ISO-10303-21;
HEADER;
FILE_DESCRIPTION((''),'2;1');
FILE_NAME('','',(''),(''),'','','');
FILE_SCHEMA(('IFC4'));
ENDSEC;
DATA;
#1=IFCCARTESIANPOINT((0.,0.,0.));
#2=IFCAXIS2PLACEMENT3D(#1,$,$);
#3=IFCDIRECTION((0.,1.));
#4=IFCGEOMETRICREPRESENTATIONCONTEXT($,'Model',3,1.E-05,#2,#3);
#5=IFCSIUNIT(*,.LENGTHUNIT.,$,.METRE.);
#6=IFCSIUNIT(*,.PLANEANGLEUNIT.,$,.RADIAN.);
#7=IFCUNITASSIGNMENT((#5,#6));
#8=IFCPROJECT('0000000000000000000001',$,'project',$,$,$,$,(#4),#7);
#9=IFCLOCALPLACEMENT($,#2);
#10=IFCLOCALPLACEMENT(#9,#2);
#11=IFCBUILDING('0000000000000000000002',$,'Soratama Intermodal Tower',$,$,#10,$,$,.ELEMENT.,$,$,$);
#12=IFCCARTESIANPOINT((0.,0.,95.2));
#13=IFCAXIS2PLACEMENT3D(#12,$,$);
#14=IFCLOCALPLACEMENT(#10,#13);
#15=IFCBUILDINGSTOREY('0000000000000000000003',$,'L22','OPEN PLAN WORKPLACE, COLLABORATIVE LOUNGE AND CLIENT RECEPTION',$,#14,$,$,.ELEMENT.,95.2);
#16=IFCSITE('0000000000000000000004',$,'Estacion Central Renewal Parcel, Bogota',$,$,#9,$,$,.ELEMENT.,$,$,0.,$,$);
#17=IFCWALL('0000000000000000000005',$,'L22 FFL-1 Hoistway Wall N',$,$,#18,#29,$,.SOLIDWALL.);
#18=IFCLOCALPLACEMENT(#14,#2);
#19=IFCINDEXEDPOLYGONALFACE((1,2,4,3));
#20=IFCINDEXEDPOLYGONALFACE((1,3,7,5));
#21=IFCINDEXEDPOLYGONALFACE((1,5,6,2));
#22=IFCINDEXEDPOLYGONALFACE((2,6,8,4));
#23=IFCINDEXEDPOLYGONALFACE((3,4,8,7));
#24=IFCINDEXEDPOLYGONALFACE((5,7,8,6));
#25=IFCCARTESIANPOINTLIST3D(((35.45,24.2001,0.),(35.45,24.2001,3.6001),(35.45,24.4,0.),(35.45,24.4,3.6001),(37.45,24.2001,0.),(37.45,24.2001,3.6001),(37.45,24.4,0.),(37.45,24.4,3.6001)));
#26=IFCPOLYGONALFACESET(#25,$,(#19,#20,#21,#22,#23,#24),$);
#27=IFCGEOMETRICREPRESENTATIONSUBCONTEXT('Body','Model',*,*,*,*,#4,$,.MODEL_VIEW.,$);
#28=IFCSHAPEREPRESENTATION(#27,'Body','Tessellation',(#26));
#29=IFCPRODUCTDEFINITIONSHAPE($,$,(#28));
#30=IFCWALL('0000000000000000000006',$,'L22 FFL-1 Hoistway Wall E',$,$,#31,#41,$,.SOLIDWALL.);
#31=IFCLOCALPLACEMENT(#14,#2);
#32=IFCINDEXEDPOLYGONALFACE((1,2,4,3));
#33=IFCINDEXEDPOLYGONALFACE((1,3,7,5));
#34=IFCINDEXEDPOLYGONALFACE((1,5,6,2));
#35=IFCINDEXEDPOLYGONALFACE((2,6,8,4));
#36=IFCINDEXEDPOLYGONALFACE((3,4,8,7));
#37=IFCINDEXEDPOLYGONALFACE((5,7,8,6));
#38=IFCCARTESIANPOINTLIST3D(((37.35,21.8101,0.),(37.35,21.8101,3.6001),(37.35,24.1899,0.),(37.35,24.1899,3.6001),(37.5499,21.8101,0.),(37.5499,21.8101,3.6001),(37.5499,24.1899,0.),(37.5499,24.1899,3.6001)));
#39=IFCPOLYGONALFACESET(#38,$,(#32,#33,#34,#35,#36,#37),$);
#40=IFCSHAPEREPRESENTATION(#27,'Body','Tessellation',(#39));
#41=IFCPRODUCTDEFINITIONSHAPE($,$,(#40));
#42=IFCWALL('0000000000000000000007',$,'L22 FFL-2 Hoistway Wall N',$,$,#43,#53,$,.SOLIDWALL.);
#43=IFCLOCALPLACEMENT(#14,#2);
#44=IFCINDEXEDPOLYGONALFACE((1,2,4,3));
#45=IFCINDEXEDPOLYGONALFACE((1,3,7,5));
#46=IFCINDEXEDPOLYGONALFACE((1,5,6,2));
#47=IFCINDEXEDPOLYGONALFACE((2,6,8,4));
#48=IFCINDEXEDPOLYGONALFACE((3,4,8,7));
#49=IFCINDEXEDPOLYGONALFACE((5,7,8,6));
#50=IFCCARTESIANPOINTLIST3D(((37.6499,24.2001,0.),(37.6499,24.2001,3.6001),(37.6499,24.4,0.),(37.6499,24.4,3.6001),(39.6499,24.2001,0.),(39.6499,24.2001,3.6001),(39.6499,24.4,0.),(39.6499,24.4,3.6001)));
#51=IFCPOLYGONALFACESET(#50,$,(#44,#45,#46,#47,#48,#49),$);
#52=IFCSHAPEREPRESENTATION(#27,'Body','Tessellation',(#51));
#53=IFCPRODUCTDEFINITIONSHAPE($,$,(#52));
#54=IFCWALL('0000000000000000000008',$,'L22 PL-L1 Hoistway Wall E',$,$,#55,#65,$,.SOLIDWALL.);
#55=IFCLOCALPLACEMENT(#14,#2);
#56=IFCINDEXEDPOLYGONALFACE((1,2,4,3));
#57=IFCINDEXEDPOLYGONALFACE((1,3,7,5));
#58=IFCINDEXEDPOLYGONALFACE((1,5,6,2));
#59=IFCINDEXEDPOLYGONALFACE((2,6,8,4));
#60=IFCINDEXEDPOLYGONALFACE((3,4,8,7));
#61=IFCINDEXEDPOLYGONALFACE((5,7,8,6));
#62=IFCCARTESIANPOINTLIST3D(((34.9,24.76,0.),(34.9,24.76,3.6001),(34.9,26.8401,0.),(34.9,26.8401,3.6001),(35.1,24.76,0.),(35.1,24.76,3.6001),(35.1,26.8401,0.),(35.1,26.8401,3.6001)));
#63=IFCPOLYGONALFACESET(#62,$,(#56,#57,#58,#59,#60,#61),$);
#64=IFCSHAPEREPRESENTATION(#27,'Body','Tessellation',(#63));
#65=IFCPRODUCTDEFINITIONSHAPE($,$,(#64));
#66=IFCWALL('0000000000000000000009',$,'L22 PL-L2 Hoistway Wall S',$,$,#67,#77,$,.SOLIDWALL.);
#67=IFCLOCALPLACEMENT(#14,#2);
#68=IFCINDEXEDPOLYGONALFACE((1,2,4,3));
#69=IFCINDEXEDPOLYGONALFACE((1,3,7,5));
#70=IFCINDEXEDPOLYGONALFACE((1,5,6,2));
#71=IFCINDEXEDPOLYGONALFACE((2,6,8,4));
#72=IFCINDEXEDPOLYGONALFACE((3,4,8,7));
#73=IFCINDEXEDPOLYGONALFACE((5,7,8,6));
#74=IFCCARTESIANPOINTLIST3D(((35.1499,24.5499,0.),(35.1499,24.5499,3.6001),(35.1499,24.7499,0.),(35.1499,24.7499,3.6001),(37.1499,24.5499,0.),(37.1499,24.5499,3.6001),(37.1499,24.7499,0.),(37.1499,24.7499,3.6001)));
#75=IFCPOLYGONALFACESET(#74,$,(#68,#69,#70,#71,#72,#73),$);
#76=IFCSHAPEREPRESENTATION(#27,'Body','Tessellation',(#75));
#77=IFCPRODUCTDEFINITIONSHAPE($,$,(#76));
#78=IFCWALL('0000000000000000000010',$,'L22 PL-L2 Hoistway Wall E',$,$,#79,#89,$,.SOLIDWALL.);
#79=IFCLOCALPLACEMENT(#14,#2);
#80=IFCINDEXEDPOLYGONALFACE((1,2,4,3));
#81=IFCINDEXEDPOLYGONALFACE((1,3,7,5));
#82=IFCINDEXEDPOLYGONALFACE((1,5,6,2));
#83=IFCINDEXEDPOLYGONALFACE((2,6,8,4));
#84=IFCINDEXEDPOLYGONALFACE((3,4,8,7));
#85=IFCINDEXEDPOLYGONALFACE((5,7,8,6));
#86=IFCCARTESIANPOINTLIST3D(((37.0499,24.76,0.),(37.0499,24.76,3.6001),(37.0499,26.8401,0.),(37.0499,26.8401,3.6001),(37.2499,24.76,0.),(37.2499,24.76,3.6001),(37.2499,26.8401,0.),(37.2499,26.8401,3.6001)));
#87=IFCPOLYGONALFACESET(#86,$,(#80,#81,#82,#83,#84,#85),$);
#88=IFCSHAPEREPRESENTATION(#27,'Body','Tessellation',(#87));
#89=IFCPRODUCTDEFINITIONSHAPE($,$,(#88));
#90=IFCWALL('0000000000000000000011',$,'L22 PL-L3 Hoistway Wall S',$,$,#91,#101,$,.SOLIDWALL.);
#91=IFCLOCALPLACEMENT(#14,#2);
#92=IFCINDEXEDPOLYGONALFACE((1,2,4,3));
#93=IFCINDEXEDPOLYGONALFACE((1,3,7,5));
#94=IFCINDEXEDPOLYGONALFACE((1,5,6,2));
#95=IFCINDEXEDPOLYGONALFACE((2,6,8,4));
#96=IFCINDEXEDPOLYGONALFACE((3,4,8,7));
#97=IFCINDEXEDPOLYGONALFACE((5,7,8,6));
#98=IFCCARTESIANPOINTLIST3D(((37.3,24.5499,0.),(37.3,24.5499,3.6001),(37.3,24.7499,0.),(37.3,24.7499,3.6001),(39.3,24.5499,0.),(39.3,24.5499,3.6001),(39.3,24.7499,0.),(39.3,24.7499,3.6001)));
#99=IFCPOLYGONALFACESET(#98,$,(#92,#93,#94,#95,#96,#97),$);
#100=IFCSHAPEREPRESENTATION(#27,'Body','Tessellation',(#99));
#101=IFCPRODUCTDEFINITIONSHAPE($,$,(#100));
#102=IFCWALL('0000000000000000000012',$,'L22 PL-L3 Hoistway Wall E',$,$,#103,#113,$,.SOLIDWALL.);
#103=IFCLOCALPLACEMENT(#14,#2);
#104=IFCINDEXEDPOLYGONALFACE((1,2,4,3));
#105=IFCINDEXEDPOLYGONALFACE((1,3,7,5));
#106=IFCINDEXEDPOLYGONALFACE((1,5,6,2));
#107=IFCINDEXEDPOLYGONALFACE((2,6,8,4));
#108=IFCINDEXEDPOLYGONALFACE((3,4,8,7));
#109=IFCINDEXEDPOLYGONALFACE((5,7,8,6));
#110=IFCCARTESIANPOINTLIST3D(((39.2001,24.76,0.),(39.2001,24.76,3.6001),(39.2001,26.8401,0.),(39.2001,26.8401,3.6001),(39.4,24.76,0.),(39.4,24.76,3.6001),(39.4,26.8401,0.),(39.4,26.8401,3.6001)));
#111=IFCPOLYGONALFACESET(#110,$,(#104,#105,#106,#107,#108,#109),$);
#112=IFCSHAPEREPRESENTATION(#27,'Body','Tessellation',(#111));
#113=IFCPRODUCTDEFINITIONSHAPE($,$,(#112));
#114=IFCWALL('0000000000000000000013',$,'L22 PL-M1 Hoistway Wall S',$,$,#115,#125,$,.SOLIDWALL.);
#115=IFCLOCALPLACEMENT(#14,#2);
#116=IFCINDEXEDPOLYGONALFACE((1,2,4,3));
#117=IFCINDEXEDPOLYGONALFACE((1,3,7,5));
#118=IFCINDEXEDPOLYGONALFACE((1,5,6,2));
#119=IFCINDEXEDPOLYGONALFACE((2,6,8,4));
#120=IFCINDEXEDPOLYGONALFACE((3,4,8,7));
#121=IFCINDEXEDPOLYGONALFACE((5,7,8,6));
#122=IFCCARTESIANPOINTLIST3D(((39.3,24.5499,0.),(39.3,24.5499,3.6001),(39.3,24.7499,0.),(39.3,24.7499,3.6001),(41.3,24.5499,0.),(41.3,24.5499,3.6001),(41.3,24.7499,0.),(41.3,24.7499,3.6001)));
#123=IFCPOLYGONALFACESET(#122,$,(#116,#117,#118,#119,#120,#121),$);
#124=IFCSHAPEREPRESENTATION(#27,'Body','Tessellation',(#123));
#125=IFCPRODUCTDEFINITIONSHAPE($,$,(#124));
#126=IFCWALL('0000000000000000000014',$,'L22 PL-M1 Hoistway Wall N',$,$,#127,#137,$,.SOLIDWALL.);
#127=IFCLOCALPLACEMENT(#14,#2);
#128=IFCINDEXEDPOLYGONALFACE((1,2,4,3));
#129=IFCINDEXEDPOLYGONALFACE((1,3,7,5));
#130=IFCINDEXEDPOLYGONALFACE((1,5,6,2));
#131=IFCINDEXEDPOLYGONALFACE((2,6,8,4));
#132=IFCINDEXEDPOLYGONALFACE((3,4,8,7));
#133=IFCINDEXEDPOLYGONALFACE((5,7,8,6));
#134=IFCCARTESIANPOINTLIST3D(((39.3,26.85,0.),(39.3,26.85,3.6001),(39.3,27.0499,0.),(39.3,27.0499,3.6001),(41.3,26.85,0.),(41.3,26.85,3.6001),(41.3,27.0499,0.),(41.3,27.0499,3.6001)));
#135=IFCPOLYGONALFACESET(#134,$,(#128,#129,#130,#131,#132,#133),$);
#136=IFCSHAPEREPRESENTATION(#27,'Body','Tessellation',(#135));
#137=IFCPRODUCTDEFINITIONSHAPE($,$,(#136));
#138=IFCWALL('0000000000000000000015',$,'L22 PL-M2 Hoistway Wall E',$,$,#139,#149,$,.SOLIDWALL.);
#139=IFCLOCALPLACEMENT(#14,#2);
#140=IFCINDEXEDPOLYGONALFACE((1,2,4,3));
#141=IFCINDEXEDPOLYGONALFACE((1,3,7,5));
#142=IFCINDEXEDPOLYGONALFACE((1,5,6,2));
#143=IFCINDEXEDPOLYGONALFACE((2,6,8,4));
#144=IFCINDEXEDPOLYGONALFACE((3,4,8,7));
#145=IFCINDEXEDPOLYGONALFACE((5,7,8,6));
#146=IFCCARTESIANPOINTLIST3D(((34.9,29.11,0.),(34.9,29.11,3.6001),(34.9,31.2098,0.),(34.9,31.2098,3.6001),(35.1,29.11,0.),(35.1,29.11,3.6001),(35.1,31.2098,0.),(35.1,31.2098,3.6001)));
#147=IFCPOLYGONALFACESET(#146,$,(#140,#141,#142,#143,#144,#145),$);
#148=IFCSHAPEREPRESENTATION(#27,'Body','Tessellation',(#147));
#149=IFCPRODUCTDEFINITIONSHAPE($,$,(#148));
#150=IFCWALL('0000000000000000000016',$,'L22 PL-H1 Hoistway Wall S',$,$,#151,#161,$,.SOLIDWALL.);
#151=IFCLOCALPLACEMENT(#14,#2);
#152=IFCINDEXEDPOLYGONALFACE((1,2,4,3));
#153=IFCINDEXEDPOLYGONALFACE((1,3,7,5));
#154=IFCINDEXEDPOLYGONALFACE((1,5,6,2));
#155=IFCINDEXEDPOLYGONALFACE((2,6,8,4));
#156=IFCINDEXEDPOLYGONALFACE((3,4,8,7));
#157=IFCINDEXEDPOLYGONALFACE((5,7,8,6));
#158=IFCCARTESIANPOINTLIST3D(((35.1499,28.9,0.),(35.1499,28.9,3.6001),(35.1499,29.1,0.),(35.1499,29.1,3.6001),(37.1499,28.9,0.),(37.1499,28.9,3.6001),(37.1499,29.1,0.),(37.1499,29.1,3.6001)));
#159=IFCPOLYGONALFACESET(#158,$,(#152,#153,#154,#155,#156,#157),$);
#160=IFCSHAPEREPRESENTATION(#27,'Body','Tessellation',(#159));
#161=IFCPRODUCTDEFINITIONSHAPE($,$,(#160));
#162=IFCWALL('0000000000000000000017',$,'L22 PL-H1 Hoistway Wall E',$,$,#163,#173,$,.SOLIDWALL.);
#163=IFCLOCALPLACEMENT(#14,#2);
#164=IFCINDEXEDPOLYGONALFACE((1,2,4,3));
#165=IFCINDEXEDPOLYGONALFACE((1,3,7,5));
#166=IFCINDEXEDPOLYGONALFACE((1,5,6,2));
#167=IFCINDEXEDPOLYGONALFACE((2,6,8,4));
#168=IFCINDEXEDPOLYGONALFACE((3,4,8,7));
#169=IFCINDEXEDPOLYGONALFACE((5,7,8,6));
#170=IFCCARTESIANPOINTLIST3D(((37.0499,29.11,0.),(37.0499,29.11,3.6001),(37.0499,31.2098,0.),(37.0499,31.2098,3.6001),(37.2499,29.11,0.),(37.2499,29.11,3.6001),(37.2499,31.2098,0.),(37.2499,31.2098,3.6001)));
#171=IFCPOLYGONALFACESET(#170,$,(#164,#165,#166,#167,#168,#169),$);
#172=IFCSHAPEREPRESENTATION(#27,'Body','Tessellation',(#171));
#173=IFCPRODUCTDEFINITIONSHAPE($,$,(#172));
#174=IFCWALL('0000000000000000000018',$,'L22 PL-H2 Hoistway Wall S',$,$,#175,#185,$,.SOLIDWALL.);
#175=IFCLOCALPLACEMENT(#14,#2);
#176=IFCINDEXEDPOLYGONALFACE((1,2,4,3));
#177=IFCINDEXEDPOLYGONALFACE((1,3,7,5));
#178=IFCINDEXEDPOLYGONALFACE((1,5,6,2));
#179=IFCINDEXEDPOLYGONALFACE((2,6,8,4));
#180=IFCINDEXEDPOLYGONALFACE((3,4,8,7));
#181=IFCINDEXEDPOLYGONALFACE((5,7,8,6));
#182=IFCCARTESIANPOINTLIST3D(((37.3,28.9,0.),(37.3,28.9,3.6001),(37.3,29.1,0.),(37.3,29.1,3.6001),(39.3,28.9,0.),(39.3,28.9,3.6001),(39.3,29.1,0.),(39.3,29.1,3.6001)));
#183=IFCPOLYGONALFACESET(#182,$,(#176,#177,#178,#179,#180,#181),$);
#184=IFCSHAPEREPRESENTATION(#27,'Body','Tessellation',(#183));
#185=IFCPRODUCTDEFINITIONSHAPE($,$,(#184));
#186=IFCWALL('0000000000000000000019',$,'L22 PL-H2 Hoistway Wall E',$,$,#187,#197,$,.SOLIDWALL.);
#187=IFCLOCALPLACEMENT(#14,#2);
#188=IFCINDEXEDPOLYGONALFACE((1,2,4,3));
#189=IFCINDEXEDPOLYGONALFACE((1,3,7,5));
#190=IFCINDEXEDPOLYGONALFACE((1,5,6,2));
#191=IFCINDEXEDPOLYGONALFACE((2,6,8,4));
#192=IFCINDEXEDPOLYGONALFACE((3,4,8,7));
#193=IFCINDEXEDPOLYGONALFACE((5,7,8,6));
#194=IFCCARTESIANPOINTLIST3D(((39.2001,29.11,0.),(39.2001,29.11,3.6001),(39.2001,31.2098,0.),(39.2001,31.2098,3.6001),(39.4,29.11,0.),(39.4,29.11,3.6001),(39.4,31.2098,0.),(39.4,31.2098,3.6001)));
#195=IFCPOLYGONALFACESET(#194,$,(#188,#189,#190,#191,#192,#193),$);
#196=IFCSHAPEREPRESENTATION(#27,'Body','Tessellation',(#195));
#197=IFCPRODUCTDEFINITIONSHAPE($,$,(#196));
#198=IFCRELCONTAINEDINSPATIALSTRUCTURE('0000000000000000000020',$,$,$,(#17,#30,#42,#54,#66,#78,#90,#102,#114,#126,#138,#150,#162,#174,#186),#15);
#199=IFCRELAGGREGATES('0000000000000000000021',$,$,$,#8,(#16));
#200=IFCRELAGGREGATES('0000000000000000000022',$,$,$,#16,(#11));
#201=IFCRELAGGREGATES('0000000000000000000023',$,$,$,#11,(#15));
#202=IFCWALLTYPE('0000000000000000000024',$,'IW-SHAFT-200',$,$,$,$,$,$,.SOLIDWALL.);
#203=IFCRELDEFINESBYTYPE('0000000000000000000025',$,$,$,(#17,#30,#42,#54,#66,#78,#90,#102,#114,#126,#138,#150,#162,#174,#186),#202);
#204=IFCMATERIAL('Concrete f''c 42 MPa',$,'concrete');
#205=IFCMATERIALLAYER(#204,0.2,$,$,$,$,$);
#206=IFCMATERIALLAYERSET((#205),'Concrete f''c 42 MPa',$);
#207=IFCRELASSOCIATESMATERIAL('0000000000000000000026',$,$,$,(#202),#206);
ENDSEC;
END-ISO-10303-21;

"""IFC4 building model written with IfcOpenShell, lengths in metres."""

from ifc_helpers import new_model, si_unit, direction, frame, frame_2d, origin, place, context, subcontext, project, spatial, rectangle, extrude, material, layer, layer_set, type_object, element, save


model = new_model("IFC4")

# Units and contexts
model_context = context("Model", 3, precision=1e-05, world=origin(), true_north=direction((0.0, 1.0)))
body_context = subcontext(model_context, "Body", "Model", "MODEL_VIEW")
ifc_project = project(units=[si_unit("LENGTHUNIT", "METRE"), si_unit("PLANEANGLEUNIT", "RADIAN")], contexts=[model_context])

# Site, building, storey
site_placement = place(None, origin())
site = spatial("IfcSite", under=ifc_project, at=site_placement, Name="Estacion Central Renewal Parcel, Bogota", CompositionType="ELEMENT", RefElevation=0.0)
building_placement = place(site_placement, origin())
building = spatial("IfcBuilding", under=site, at=building_placement, Name="Soratama Intermodal Tower", CompositionType="ELEMENT")
storey_placement = place(building_placement, frame((0.0, 0.0, 95.2)))
storey = spatial("IfcBuildingStorey", under=building, at=storey_placement, Name="L22", Description="OPEN PLAN WORKPLACE, COLLABORATIVE LOUNGE AND CLIENT RECEPTION", CompositionType="ELEMENT", Elevation=95.2)

# Walls
ifc_material_1 = material(Name="Concrete f'c 42 MPa", Category="concrete")
ifc_layer_1 = layer(ifc_material_1, 0.2)
ifc_layer_set_1 = layer_set([ifc_layer_1], Name="Concrete f'c 42 MPa")
wall_type_1 = type_object("IfcWallType", Name="IW-SHAFT-200", PredefinedType="SOLIDWALL", material=ifc_layer_set_1)
wall_1_placement = place(storey_placement, frame((35.45, 24.3, 0.0), z_axis=(0.0, 0.0, 1.0), x_axis=(1.0, 0.0, 0.0)))
element("IfcWall", 1, at=wall_1_placement, inside=storey, type_object=wall_type_1, Name="L22 FFL-1 Hoistway Wall N", PredefinedType="SOLIDWALL", context=body_context, shape_type="SweptSolid", body=[
    extrude(rectangle(XDim=2.0, YDim=0.2, at=frame_2d((1.0, 0.0))), origin(), (0.0, 0.0, 1.0), 3.6001),
])
wall_2_placement = place(storey_placement, frame((37.45, 21.8101, 0.0), z_axis=(0.0, 0.0, 1.0), x_axis=(0.0, 1.0, 0.0)))
element("IfcWall", 2, at=wall_2_placement, inside=storey, type_object=wall_type_1, Name="L22 FFL-1 Hoistway Wall E", PredefinedType="SOLIDWALL", context=body_context, shape_type="SweptSolid", body=[
    extrude(rectangle(XDim=2.3799, YDim=0.2, at=frame_2d((1.1899, 0.0))), origin(), (0.0, 0.0, 1.0), 3.6001),
])
wall_3_placement = place(storey_placement, frame((37.6499, 24.3, 0.0), z_axis=(0.0, 0.0, 1.0), x_axis=(1.0, 0.0, 0.0)))
element("IfcWall", 3, at=wall_3_placement, inside=storey, type_object=wall_type_1, Name="L22 FFL-2 Hoistway Wall N", PredefinedType="SOLIDWALL", context=body_context, shape_type="SweptSolid", body=[
    extrude(rectangle(XDim=2.0, YDim=0.2, at=frame_2d((1.0, 0.0))), origin(), (0.0, 0.0, 1.0), 3.6001),
])
wall_4_placement = place(storey_placement, frame((35.0, 24.76, 0.0), z_axis=(0.0, 0.0, 1.0), x_axis=(0.0, 1.0, 0.0)))
element("IfcWall", 4, at=wall_4_placement, inside=storey, type_object=wall_type_1, Name="L22 PL-L1 Hoistway Wall E", PredefinedType="SOLIDWALL", context=body_context, shape_type="SweptSolid", body=[
    extrude(rectangle(XDim=2.0801, YDim=0.2, at=frame_2d((1.04, 0.0))), origin(), (0.0, 0.0, 1.0), 3.6001),
])
wall_5_placement = place(storey_placement, frame((35.1499, 24.6499, 0.0), z_axis=(0.0, 0.0, 1.0), x_axis=(1.0, 0.0, 0.0)))
element("IfcWall", 5, at=wall_5_placement, inside=storey, type_object=wall_type_1, Name="L22 PL-L2 Hoistway Wall S", PredefinedType="SOLIDWALL", context=body_context, shape_type="SweptSolid", body=[
    extrude(rectangle(XDim=2.0, YDim=0.2, at=frame_2d((1.0, 0.0))), origin(), (0.0, 0.0, 1.0), 3.6001),
])

# Walls
wall_6_placement = place(storey_placement, frame((37.1499, 24.76, 0.0), z_axis=(0.0, 0.0, 1.0), x_axis=(0.0, 1.0, 0.0)))
element("IfcWall", 6, at=wall_6_placement, inside=storey, type_object=wall_type_1, Name="L22 PL-L2 Hoistway Wall E", PredefinedType="SOLIDWALL", context=body_context, shape_type="SweptSolid", body=[
    extrude(rectangle(XDim=2.0801, YDim=0.2, at=frame_2d((1.04, 0.0))), origin(), (0.0, 0.0, 1.0), 3.6001),
])
wall_7_placement = place(storey_placement, frame((37.3, 24.6499, 0.0), z_axis=(0.0, 0.0, 1.0), x_axis=(1.0, 0.0, 0.0)))
element("IfcWall", 7, at=wall_7_placement, inside=storey, type_object=wall_type_1, Name="L22 PL-L3 Hoistway Wall S", PredefinedType="SOLIDWALL", context=body_context, shape_type="SweptSolid", body=[
    extrude(rectangle(XDim=2.0, YDim=0.2, at=frame_2d((1.0, 0.0))), origin(), (0.0, 0.0, 1.0), 3.6001),
])

# Walls
wall_8_placement = place(storey_placement, frame((39.3, 24.76, 0.0), z_axis=(0.0, 0.0, 1.0), x_axis=(0.0, 1.0, 0.0)))
element("IfcWall", 8, at=wall_8_placement, inside=storey, type_object=wall_type_1, Name="L22 PL-L3 Hoistway Wall E", PredefinedType="SOLIDWALL", context=body_context, shape_type="SweptSolid", body=[
    extrude(rectangle(XDim=2.0801, YDim=0.2, at=frame_2d((1.04, 0.0))), origin(), (0.0, 0.0, 1.0), 3.6001),
])
for number, where, z_axis, x_axis, name in (
    (9, (39.3, 24.6499, 0.0), (0.0, 0.0, 1.0), (1.0, 0.0, 0.0), "L22 PL-M1 Hoistway Wall S"),
    (10, (39.3, 26.95, 0.0), (0.0, 0.0, 1.0), (1.0, 0.0, 0.0), "L22 PL-M1 Hoistway Wall N"),
):
    element("IfcWall", number, at=place(storey_placement, frame(where, z_axis=z_axis, x_axis=x_axis)), inside=storey, type_object=wall_type_1, Name=name, PredefinedType="SOLIDWALL", context=body_context, shape_type="SweptSolid", body=[
        extrude(rectangle(XDim=2.0, YDim=0.2, at=frame_2d((1.0, 0.0))), origin(), (0.0, 0.0, 1.0), 3.6001),
    ])
wall_9_placement = place(storey_placement, frame((35.0, 29.1101, 0.0), z_axis=(0.0, 0.0, 1.0), x_axis=(0.0, 1.0, 0.0)))
element("IfcWall", 11, at=wall_9_placement, inside=storey, type_object=wall_type_1, Name="L22 PL-M2 Hoistway Wall E", PredefinedType="SOLIDWALL", context=body_context, shape_type="SweptSolid", body=[
    extrude(rectangle(XDim=2.0999, YDim=0.2, at=frame_2d((1.0498, 0.0))), origin(), (0.0, 0.0, 1.0), 3.6001),
])
wall_10_placement = place(storey_placement, frame((35.1499, 29.0, 0.0), z_axis=(0.0, 0.0, 1.0), x_axis=(1.0, 0.0, 0.0)))
element("IfcWall", 12, at=wall_10_placement, inside=storey, type_object=wall_type_1, Name="L22 PL-H1 Hoistway Wall S", PredefinedType="SOLIDWALL", context=body_context, shape_type="SweptSolid", body=[
    extrude(rectangle(XDim=2.0, YDim=0.2, at=frame_2d((1.0, 0.0))), origin(), (0.0, 0.0, 1.0), 3.6001),
])
wall_11_placement = place(storey_placement, frame((37.1499, 29.1101, 0.0), z_axis=(0.0, 0.0, 1.0), x_axis=(0.0, 1.0, 0.0)))
element("IfcWall", 13, at=wall_11_placement, inside=storey, type_object=wall_type_1, Name="L22 PL-H1 Hoistway Wall E", PredefinedType="SOLIDWALL", context=body_context, shape_type="SweptSolid", body=[
    extrude(rectangle(XDim=2.0999, YDim=0.2, at=frame_2d((1.0498, 0.0))), origin(), (0.0, 0.0, 1.0), 3.6001),
])
wall_12_placement = place(storey_placement, frame((37.3, 29.0, 0.0), z_axis=(0.0, 0.0, 1.0), x_axis=(1.0, 0.0, 0.0)))
element("IfcWall", 14, at=wall_12_placement, inside=storey, type_object=wall_type_1, Name="L22 PL-H2 Hoistway Wall S", PredefinedType="SOLIDWALL", context=body_context, shape_type="SweptSolid", body=[
    extrude(rectangle(XDim=2.0, YDim=0.2, at=frame_2d((1.0, 0.0))), origin(), (0.0, 0.0, 1.0), 3.6001),
])
wall_13_placement = place(storey_placement, frame((39.3, 29.1101, 0.0), z_axis=(0.0, 0.0, 1.0), x_axis=(0.0, 1.0, 0.0)))
element("IfcWall", 15, at=wall_13_placement, inside=storey, type_object=wall_type_1, Name="L22 PL-H2 Hoistway Wall E", PredefinedType="SOLIDWALL", context=body_context, shape_type="SweptSolid", body=[
    extrude(rectangle(XDim=2.0999, YDim=0.2, at=frame_2d((1.0498, 0.0))), origin(), (0.0, 0.0, 1.0), 3.6001),
])

save(model, "model.ifc")
